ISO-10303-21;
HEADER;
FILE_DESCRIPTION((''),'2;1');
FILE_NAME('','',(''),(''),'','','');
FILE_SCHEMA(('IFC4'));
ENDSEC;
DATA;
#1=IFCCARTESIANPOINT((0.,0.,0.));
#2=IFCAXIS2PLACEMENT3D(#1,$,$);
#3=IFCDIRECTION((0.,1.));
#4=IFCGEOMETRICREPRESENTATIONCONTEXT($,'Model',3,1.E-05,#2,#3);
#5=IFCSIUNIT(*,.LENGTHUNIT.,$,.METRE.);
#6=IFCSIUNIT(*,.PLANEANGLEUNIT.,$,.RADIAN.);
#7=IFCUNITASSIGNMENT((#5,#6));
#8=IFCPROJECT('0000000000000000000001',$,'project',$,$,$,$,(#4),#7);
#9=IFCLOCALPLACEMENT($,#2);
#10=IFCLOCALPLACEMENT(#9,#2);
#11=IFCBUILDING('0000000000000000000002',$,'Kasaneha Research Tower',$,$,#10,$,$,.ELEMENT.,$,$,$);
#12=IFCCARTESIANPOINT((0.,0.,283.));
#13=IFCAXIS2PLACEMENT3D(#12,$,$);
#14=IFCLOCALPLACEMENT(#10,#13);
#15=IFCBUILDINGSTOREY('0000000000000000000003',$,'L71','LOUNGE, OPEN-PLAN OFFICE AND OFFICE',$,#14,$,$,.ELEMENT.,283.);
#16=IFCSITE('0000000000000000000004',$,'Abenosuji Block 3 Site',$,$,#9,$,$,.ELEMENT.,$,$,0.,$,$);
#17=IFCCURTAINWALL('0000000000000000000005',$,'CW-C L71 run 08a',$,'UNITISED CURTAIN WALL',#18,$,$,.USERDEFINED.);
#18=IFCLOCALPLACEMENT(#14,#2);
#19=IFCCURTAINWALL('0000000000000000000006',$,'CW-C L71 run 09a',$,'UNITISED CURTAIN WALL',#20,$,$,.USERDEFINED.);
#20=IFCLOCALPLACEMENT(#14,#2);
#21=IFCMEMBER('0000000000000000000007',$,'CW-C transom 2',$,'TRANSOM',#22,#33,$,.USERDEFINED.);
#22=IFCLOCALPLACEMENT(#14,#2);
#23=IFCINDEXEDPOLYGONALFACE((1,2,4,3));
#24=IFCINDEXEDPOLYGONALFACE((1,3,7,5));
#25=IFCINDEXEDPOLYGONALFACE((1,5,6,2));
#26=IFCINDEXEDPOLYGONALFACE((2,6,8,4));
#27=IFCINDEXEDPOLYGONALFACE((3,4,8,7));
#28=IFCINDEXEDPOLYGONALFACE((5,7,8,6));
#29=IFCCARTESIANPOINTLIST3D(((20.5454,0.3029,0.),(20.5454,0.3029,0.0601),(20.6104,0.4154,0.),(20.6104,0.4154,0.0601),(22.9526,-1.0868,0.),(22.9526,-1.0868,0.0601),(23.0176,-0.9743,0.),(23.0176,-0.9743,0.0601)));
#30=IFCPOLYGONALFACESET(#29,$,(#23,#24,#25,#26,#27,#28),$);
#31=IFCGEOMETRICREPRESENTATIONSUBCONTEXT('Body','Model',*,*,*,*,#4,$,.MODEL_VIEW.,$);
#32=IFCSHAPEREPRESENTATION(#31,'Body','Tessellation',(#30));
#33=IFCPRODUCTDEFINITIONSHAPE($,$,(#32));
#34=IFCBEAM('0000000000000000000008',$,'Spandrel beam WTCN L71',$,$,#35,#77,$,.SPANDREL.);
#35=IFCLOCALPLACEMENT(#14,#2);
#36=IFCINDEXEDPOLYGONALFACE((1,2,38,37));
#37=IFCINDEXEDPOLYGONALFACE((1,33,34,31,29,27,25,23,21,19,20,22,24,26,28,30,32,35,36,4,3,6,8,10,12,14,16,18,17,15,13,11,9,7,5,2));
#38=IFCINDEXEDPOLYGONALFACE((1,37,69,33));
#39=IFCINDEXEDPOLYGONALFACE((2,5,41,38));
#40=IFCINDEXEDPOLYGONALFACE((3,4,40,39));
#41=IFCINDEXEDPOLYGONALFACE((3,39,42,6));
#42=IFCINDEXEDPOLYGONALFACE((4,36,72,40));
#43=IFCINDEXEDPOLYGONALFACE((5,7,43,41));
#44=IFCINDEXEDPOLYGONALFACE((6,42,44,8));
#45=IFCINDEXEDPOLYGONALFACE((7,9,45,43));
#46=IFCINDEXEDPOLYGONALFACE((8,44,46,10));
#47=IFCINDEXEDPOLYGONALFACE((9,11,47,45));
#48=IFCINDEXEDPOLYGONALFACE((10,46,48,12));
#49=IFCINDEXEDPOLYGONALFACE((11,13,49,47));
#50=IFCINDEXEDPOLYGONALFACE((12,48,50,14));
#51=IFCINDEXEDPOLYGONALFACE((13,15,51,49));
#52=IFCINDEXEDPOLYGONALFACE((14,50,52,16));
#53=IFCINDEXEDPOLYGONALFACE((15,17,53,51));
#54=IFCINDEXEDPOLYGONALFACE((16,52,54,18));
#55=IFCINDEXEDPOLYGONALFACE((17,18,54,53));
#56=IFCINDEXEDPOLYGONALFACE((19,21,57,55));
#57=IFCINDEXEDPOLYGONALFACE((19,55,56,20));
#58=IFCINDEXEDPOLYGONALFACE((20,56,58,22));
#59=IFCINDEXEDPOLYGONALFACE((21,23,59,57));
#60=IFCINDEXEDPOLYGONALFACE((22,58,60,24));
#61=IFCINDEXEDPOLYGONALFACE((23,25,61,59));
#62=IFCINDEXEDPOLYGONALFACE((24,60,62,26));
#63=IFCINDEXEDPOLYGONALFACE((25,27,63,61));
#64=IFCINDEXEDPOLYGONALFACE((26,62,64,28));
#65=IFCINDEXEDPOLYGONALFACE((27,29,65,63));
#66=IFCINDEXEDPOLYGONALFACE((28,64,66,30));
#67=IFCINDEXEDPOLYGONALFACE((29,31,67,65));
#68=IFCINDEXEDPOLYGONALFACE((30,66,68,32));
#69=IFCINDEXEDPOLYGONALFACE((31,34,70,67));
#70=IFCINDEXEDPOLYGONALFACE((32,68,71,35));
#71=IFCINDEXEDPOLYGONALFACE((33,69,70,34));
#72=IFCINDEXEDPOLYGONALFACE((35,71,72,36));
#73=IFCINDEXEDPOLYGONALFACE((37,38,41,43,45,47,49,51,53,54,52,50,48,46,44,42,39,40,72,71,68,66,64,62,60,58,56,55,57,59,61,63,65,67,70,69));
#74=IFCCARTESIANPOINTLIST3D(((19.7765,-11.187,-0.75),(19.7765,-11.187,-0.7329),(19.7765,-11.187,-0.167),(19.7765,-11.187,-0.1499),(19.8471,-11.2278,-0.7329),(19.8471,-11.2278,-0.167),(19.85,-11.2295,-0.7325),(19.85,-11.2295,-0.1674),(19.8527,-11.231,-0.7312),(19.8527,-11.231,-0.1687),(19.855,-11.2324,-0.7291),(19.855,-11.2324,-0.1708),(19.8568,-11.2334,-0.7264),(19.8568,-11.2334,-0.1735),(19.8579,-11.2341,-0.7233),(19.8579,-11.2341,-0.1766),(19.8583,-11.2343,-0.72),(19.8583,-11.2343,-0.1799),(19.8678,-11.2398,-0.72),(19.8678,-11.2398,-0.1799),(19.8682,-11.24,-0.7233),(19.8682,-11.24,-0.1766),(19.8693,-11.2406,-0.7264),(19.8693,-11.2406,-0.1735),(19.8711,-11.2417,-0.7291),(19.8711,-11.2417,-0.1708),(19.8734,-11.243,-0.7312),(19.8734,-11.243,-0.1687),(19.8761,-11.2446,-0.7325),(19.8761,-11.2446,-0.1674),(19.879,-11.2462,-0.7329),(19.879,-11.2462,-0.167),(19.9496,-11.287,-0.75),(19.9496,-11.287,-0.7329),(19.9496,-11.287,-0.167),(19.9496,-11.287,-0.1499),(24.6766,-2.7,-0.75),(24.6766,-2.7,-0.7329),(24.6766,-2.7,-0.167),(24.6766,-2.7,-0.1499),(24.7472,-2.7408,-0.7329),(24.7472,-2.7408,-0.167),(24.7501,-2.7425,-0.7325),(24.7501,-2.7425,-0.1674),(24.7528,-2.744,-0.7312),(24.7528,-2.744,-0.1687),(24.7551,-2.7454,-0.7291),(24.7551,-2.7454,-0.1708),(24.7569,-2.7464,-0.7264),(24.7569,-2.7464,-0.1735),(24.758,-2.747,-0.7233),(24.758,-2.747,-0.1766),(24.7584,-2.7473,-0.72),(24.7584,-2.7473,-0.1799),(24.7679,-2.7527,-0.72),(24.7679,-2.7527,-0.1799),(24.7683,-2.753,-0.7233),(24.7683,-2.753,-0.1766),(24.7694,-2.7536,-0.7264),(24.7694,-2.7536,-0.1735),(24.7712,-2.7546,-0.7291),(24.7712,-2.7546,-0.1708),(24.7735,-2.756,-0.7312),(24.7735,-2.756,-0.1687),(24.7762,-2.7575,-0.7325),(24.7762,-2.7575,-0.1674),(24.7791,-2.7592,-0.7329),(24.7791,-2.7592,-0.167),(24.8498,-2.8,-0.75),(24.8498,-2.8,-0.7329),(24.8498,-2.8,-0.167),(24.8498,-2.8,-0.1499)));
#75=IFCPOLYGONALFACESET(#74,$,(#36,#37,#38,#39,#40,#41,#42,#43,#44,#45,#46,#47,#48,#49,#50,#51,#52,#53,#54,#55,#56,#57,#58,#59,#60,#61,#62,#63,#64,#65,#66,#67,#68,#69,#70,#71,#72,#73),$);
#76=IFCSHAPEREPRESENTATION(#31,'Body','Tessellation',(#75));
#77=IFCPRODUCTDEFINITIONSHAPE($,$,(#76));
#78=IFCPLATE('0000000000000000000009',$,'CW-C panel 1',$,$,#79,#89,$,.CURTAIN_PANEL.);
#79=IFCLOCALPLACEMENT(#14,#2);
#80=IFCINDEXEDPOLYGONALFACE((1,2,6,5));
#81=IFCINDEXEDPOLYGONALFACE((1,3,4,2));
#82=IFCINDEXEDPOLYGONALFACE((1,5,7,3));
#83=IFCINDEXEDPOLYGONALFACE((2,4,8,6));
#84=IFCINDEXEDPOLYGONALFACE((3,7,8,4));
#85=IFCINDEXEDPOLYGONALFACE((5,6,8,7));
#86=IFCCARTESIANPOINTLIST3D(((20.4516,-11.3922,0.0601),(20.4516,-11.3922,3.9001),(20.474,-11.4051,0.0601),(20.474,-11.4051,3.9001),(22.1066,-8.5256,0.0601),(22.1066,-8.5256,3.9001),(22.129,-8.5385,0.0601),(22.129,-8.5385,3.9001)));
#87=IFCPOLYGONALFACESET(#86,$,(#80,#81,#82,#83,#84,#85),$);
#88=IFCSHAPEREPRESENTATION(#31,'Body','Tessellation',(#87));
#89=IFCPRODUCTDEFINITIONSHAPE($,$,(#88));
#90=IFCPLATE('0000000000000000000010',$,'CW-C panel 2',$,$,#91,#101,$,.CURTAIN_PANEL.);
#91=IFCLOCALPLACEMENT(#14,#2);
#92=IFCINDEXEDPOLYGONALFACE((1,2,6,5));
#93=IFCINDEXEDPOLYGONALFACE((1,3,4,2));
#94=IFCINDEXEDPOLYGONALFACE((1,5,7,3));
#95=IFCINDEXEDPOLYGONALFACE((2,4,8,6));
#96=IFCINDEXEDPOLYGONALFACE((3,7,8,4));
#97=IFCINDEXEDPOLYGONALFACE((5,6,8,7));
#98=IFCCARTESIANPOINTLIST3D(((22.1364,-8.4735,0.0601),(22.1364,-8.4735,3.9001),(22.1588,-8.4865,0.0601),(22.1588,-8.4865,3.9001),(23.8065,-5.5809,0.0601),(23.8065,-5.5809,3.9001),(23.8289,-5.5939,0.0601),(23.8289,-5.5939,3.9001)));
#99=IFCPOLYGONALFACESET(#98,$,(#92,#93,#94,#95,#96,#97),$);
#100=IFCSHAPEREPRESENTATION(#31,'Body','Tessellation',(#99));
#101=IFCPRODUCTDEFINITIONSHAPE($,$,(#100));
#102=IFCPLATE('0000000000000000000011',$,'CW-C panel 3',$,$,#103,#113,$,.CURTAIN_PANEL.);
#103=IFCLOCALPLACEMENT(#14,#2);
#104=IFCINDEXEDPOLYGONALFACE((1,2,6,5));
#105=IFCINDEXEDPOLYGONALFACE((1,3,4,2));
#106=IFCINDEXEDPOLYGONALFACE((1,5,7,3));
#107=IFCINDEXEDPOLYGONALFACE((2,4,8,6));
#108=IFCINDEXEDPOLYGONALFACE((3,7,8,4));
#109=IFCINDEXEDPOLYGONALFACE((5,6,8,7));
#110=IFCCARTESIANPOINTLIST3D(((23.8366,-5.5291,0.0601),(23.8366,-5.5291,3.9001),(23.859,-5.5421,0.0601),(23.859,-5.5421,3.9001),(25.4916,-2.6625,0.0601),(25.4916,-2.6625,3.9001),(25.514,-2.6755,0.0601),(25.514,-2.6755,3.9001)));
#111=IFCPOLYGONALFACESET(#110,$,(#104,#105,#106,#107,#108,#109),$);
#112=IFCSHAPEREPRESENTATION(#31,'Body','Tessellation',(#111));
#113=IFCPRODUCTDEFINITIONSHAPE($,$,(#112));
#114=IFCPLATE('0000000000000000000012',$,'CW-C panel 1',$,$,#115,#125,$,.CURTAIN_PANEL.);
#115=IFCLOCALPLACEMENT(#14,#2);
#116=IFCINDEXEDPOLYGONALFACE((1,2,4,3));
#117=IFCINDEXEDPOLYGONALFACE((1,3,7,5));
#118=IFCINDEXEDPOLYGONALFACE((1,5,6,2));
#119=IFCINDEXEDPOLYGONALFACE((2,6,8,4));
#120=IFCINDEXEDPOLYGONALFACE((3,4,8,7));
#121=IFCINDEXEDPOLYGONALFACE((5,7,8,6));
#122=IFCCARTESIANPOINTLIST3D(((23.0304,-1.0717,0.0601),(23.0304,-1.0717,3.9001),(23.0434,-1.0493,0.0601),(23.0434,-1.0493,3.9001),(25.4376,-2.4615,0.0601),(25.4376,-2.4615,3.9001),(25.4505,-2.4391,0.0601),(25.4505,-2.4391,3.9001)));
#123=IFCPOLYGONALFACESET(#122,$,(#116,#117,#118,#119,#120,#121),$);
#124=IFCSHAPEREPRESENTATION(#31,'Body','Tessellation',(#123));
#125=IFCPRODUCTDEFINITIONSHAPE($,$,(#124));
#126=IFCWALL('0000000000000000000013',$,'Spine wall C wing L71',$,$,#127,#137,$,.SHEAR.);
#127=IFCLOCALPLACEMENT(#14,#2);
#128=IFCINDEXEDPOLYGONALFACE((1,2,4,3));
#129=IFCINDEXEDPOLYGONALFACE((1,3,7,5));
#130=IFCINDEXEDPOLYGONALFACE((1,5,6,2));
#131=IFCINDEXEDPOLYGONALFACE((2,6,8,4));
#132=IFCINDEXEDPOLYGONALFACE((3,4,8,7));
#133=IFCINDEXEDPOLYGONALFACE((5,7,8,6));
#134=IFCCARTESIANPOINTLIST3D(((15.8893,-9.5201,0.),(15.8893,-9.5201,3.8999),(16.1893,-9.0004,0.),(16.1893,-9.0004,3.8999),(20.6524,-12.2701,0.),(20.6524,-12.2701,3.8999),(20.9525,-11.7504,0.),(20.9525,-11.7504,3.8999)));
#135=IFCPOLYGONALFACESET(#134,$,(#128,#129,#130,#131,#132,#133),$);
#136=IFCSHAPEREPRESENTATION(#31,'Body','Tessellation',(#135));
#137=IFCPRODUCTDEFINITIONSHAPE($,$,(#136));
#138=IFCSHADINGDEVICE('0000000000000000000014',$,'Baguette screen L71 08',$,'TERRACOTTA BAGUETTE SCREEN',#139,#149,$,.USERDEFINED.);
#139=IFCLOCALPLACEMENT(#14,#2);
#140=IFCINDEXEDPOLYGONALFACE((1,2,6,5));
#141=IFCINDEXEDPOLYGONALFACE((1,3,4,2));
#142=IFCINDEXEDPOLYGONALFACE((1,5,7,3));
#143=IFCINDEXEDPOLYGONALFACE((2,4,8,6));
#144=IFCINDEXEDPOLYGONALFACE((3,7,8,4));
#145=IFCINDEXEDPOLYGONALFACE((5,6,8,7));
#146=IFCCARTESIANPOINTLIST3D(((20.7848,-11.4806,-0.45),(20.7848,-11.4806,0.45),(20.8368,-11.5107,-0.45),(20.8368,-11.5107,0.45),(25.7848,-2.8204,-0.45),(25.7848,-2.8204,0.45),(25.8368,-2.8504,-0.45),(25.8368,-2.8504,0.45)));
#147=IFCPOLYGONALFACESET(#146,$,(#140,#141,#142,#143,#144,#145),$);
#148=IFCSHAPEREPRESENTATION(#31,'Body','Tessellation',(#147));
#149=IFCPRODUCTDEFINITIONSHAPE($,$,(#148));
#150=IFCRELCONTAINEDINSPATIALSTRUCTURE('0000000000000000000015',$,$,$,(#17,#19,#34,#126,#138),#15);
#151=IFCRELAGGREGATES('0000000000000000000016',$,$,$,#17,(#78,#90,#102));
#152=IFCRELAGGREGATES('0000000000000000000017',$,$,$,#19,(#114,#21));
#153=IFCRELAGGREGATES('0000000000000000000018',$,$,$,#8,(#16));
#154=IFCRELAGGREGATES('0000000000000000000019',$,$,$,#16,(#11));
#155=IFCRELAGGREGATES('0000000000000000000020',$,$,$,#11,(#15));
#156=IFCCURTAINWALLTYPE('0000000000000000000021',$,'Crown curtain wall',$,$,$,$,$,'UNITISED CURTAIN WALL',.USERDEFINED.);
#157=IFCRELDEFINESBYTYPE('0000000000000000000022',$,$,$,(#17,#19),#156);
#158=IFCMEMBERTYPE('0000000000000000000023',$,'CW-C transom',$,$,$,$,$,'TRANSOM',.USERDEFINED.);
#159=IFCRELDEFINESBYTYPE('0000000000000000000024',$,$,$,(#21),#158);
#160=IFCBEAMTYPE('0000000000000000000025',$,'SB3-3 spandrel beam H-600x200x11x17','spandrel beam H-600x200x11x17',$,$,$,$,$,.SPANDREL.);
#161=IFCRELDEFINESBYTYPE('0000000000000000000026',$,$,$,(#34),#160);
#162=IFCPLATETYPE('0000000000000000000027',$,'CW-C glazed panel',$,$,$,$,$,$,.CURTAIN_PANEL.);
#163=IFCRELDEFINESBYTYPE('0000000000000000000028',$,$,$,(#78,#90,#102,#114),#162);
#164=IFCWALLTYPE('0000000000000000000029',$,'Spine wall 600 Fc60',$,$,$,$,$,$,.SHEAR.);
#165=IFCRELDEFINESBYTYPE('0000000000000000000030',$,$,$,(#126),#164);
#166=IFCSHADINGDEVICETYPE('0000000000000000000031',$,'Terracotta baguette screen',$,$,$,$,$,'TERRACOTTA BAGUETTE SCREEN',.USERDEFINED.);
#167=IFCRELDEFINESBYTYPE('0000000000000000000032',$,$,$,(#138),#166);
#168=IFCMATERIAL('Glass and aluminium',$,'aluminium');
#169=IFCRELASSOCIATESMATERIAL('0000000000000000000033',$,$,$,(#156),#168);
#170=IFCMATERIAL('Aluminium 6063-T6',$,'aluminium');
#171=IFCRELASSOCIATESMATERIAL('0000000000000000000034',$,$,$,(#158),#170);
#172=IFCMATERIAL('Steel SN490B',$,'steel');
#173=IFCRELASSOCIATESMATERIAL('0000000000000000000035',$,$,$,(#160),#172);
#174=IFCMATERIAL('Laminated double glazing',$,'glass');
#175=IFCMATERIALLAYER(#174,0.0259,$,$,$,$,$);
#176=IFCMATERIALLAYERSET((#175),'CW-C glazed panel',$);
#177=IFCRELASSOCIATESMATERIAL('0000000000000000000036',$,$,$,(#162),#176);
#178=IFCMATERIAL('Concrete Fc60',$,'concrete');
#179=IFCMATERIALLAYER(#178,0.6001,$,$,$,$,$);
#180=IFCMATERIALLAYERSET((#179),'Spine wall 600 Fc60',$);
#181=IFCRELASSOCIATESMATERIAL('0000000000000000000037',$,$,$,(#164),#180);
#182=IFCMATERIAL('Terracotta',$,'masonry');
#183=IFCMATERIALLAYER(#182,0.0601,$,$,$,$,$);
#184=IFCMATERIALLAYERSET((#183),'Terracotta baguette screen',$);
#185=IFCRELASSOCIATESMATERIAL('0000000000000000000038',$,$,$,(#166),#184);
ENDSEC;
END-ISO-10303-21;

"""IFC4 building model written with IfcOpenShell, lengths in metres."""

from ifc_helpers import new_model, si_unit, direction, frame, frame_2d, origin, origin_2d, place, context, subcontext, project, spatial, rectangle, i_section, extrude, material, layer, layer_set, material_profile, profile_set, type_object, element, aggregate, save


model = new_model("IFC4")

# Units and contexts
model_context = context("Model", 3, precision=1e-05, world=origin(), true_north=direction((0.0, 1.0)))
body_context = subcontext(model_context, "Body", "Model", "MODEL_VIEW")
ifc_project = project(units=[si_unit("LENGTHUNIT", "METRE"), si_unit("PLANEANGLEUNIT", "RADIAN")], contexts=[model_context])

# Site, building, storey
site_placement = place(None, origin())
site = spatial("IfcSite", under=ifc_project, at=site_placement, Name="Abenosuji Block 3 Site", CompositionType="ELEMENT", RefElevation=0.0)
building_placement = place(site_placement, origin())
building = spatial("IfcBuilding", under=site, at=building_placement, Name="Kasaneha Research Tower", CompositionType="ELEMENT")
storey_placement = place(building_placement, frame((0.0, 0.0, 283.0)))
storey = spatial("IfcBuildingStorey", under=building, at=storey_placement, Name="L71", Description="LOUNGE, OPEN-PLAN OFFICE AND OFFICE", CompositionType="ELEMENT", Elevation=283.0)

# Curtain walls
ifc_material_1 = material(Name="Glass and aluminium", Category="aluminium")
curtain_wall_type = type_object("IfcCurtainWallType", Name="Crown curtain wall", ElementType="UNITISED CURTAIN WALL", PredefinedType="USERDEFINED", material=ifc_material_1)
curtain_wall_1_placement = place(storey_placement, origin())
curtain_wall_1 = element("IfcCurtainWall", 1, at=curtain_wall_1_placement, inside=storey, type_object=curtain_wall_type, Name="CW-C L71 run 08a", ObjectType="UNITISED CURTAIN WALL", PredefinedType="USERDEFINED")
curtain_wall_2_placement = place(storey_placement, origin())
curtain_wall_2 = element("IfcCurtainWall", 2, at=curtain_wall_2_placement, inside=storey, type_object=curtain_wall_type, Name="CW-C L71 run 09a", ObjectType="UNITISED CURTAIN WALL", PredefinedType="USERDEFINED")

# Member
ifc_material_2 = material(Name="Aluminium 6063-T6", Category="aluminium")
ifc_material_profile_1 = material_profile(ifc_material_2, rectangle(XDim=0.1299, YDim=0.0601, at=origin_2d()), Name="CW-C transom 130x60")
ifc_profile_set_1 = profile_set([ifc_material_profile_1], Name="Aluminium 6063-T6")
member_type_1 = type_object("IfcMemberType", Name="CW-C transom", ElementType="TRANSOM", PredefinedType="USERDEFINED", material=ifc_profile_set_1)
member_1_placement = place(storey_placement, frame((22.9851, -1.0305, 0.03), z_axis=(-0.866051, 0.499956, 0.0), x_axis=(-0.499956, -0.866051, 0.0)))
member_1 = element("IfcMember", 3, at=member_1_placement, type_object=member_type_1, Name="CW-C transom 2", ObjectType="TRANSOM", PredefinedType="USERDEFINED", context=body_context, shape_type="SweptSolid", body=[
    extrude(rectangle(XDim=0.1299, YDim=0.0601, at=origin_2d()), origin(), (0.0, 0.0, 1.0), 2.7795),
])

# Beam
ifc_material_3 = material(Name="Steel SN490B", Category="steel")
ifc_material_profile_2 = material_profile(ifc_material_3, i_section(OverallWidth=0.2, OverallDepth=0.6001, WebThickness=0.011, FlangeThickness=0.0171, FilletRadius=0.0129, at=origin_2d()), Name="H-600x200x11x17")
ifc_profile_set_2 = profile_set([ifc_material_profile_2], Name="Steel SN490B")
beam_type_1 = type_object("IfcBeamType", Name="SB3-3 spandrel beam H-600x200x11x17", Description="spandrel beam H-600x200x11x17", PredefinedType="SPANDREL", material=ifc_profile_set_2)
beam_1_placement = place(storey_placement, frame((24.7632, -2.75, -0.45), z_axis=(-0.500011, -0.866019, 0.0), x_axis=(0.866019, -0.500011, 0.0)))
element("IfcBeam", 4, at=beam_1_placement, inside=storey, type_object=beam_type_1, Name="Spandrel beam WTCN L71", PredefinedType="SPANDREL", context=body_context, shape_type="SweptSolid", body=[
    extrude(i_section(OverallWidth=0.2, OverallDepth=0.6001, WebThickness=0.011, FlangeThickness=0.0171, FilletRadius=0.0129, at=origin_2d()), origin(), (0.0, 0.0, 1.0), 9.8),
])

# Plates
ifc_material_4 = material(Name="Laminated double glazing", Category="glass")
ifc_layer_1 = layer(ifc_material_4, 0.0259)
ifc_layer_set_1 = layer_set([ifc_layer_1], Name="CW-C glazed panel")
plate_type = type_object("IfcPlateType", Name="CW-C glazed panel", PredefinedType="CURTAIN_PANEL", material=ifc_layer_set_1)
plate_1_placement = place(storey_placement, frame((21.2903, -9.9653, 0.0601), z_axis=(0.0, 0.0, 1.0), x_axis=(0.5, 0.866025, 0.0)))
plate_1 = element("IfcPlate", 5, at=plate_1_placement, type_object=plate_type, Name="CW-C panel 1", PredefinedType="CURTAIN_PANEL", context=body_context, shape_type="SweptSolid", body=[
    extrude(rectangle(XDim=3.3101, YDim=0.0259, at=origin_2d()), origin(), (0.0, 0.0, 1.0), 3.8401),
])
plate_2_placement = place(storey_placement, frame((22.9827, -7.0337, 0.0601), z_axis=(0.0, 0.0, 1.0), x_axis=(0.5, 0.866025, 0.0)))
plate_2 = element("IfcPlate", 6, at=plate_2_placement, type_object=plate_type, Name="CW-C panel 2", PredefinedType="CURTAIN_PANEL", context=body_context, shape_type="SweptSolid", body=[
    extrude(rectangle(XDim=3.3401, YDim=0.0259, at=origin_2d()), origin(), (0.0, 0.0, 1.0), 3.8401),
])
plate_3_placement = place(storey_placement, frame((24.6753, -4.1023, 0.0601), z_axis=(0.0, 0.0, 1.0), x_axis=(0.5, 0.866025, 0.0)))
plate_3 = element("IfcPlate", 7, at=plate_3_placement, type_object=plate_type, Name="CW-C panel 3", PredefinedType="CURTAIN_PANEL", context=body_context, shape_type="SweptSolid", body=[
    extrude(rectangle(XDim=3.3101, YDim=0.0259, at=origin_2d()), origin(), (0.0, 0.0, 1.0), 3.8401),
])
aggregate(curtain_wall_1, [plate_1, plate_2, plate_3])
plate_4_placement = place(storey_placement, frame((24.2405, -1.7554, 0.0601), z_axis=(0.0, 0.0, 1.0), x_axis=(-0.866025, 0.5, 0.0)))
plate_4 = element("IfcPlate", 8, at=plate_4_placement, type_object=plate_type, Name="CW-C panel 1", PredefinedType="CURTAIN_PANEL", context=body_context, shape_type="SweptSolid", body=[
    extrude(rectangle(XDim=2.7795, YDim=0.0259, at=origin_2d()), origin(), (0.0, 0.0, 1.0), 3.8401),
])
aggregate(curtain_wall_2, [plate_4, member_1])

# Wall
ifc_material_5 = material(Name="Concrete Fc60", Category="concrete")
ifc_layer_2 = layer(ifc_material_5, 0.6001)
ifc_layer_set_2 = layer_set([ifc_layer_2], Name="Spine wall 600 Fc60")
wall_type = type_object("IfcWallType", Name="Spine wall 600 Fc60", PredefinedType="SHEAR", material=ifc_layer_set_2)
wall_placement = place(storey_placement, frame((16.0393, -9.2603, 0.0), z_axis=(0.0, 0.0, 1.0), x_axis=(0.866027, -0.499997, 0.0)))
element("IfcWall", 9, at=wall_placement, inside=storey, type_object=wall_type, Name="Spine wall C wing L71", PredefinedType="SHEAR", context=body_context, shape_type="SweptSolid", body=[
    extrude(rectangle(XDim=5.5, YDim=0.6001, at=frame_2d((2.75, 0.0))), origin(), (0.0, 0.0, 1.0), 3.8999),
])

# Shading device
ifc_material_6 = material(Name="Terracotta", Category="masonry")
ifc_layer_3 = layer(ifc_material_6, 0.0601)
ifc_layer_set_3 = layer_set([ifc_layer_3], Name="Terracotta baguette screen")
shading_device_type = type_object("IfcShadingDeviceType", Name="Terracotta baguette screen", ElementType="TERRACOTTA BAGUETTE SCREEN", PredefinedType="USERDEFINED", material=ifc_layer_set_3)
shading_device_placement = place(storey_placement, frame((23.3108, -7.1655, -0.45), z_axis=(0.0, 0.0, 1.0), x_axis=(0.5, 0.866025, 0.0)))
element("IfcShadingDevice", 10, at=shading_device_placement, inside=storey, type_object=shading_device_type, Name="Baguette screen L71 08", ObjectType="TERRACOTTA BAGUETTE SCREEN", PredefinedType="USERDEFINED", context=body_context, shape_type="SweptSolid", body=[
    extrude(rectangle(XDim=10.0, YDim=0.0601, at=origin_2d()), origin(), (0.0, 0.0, 1.0), 0.8999),
])

save(model, "model.ifc")
